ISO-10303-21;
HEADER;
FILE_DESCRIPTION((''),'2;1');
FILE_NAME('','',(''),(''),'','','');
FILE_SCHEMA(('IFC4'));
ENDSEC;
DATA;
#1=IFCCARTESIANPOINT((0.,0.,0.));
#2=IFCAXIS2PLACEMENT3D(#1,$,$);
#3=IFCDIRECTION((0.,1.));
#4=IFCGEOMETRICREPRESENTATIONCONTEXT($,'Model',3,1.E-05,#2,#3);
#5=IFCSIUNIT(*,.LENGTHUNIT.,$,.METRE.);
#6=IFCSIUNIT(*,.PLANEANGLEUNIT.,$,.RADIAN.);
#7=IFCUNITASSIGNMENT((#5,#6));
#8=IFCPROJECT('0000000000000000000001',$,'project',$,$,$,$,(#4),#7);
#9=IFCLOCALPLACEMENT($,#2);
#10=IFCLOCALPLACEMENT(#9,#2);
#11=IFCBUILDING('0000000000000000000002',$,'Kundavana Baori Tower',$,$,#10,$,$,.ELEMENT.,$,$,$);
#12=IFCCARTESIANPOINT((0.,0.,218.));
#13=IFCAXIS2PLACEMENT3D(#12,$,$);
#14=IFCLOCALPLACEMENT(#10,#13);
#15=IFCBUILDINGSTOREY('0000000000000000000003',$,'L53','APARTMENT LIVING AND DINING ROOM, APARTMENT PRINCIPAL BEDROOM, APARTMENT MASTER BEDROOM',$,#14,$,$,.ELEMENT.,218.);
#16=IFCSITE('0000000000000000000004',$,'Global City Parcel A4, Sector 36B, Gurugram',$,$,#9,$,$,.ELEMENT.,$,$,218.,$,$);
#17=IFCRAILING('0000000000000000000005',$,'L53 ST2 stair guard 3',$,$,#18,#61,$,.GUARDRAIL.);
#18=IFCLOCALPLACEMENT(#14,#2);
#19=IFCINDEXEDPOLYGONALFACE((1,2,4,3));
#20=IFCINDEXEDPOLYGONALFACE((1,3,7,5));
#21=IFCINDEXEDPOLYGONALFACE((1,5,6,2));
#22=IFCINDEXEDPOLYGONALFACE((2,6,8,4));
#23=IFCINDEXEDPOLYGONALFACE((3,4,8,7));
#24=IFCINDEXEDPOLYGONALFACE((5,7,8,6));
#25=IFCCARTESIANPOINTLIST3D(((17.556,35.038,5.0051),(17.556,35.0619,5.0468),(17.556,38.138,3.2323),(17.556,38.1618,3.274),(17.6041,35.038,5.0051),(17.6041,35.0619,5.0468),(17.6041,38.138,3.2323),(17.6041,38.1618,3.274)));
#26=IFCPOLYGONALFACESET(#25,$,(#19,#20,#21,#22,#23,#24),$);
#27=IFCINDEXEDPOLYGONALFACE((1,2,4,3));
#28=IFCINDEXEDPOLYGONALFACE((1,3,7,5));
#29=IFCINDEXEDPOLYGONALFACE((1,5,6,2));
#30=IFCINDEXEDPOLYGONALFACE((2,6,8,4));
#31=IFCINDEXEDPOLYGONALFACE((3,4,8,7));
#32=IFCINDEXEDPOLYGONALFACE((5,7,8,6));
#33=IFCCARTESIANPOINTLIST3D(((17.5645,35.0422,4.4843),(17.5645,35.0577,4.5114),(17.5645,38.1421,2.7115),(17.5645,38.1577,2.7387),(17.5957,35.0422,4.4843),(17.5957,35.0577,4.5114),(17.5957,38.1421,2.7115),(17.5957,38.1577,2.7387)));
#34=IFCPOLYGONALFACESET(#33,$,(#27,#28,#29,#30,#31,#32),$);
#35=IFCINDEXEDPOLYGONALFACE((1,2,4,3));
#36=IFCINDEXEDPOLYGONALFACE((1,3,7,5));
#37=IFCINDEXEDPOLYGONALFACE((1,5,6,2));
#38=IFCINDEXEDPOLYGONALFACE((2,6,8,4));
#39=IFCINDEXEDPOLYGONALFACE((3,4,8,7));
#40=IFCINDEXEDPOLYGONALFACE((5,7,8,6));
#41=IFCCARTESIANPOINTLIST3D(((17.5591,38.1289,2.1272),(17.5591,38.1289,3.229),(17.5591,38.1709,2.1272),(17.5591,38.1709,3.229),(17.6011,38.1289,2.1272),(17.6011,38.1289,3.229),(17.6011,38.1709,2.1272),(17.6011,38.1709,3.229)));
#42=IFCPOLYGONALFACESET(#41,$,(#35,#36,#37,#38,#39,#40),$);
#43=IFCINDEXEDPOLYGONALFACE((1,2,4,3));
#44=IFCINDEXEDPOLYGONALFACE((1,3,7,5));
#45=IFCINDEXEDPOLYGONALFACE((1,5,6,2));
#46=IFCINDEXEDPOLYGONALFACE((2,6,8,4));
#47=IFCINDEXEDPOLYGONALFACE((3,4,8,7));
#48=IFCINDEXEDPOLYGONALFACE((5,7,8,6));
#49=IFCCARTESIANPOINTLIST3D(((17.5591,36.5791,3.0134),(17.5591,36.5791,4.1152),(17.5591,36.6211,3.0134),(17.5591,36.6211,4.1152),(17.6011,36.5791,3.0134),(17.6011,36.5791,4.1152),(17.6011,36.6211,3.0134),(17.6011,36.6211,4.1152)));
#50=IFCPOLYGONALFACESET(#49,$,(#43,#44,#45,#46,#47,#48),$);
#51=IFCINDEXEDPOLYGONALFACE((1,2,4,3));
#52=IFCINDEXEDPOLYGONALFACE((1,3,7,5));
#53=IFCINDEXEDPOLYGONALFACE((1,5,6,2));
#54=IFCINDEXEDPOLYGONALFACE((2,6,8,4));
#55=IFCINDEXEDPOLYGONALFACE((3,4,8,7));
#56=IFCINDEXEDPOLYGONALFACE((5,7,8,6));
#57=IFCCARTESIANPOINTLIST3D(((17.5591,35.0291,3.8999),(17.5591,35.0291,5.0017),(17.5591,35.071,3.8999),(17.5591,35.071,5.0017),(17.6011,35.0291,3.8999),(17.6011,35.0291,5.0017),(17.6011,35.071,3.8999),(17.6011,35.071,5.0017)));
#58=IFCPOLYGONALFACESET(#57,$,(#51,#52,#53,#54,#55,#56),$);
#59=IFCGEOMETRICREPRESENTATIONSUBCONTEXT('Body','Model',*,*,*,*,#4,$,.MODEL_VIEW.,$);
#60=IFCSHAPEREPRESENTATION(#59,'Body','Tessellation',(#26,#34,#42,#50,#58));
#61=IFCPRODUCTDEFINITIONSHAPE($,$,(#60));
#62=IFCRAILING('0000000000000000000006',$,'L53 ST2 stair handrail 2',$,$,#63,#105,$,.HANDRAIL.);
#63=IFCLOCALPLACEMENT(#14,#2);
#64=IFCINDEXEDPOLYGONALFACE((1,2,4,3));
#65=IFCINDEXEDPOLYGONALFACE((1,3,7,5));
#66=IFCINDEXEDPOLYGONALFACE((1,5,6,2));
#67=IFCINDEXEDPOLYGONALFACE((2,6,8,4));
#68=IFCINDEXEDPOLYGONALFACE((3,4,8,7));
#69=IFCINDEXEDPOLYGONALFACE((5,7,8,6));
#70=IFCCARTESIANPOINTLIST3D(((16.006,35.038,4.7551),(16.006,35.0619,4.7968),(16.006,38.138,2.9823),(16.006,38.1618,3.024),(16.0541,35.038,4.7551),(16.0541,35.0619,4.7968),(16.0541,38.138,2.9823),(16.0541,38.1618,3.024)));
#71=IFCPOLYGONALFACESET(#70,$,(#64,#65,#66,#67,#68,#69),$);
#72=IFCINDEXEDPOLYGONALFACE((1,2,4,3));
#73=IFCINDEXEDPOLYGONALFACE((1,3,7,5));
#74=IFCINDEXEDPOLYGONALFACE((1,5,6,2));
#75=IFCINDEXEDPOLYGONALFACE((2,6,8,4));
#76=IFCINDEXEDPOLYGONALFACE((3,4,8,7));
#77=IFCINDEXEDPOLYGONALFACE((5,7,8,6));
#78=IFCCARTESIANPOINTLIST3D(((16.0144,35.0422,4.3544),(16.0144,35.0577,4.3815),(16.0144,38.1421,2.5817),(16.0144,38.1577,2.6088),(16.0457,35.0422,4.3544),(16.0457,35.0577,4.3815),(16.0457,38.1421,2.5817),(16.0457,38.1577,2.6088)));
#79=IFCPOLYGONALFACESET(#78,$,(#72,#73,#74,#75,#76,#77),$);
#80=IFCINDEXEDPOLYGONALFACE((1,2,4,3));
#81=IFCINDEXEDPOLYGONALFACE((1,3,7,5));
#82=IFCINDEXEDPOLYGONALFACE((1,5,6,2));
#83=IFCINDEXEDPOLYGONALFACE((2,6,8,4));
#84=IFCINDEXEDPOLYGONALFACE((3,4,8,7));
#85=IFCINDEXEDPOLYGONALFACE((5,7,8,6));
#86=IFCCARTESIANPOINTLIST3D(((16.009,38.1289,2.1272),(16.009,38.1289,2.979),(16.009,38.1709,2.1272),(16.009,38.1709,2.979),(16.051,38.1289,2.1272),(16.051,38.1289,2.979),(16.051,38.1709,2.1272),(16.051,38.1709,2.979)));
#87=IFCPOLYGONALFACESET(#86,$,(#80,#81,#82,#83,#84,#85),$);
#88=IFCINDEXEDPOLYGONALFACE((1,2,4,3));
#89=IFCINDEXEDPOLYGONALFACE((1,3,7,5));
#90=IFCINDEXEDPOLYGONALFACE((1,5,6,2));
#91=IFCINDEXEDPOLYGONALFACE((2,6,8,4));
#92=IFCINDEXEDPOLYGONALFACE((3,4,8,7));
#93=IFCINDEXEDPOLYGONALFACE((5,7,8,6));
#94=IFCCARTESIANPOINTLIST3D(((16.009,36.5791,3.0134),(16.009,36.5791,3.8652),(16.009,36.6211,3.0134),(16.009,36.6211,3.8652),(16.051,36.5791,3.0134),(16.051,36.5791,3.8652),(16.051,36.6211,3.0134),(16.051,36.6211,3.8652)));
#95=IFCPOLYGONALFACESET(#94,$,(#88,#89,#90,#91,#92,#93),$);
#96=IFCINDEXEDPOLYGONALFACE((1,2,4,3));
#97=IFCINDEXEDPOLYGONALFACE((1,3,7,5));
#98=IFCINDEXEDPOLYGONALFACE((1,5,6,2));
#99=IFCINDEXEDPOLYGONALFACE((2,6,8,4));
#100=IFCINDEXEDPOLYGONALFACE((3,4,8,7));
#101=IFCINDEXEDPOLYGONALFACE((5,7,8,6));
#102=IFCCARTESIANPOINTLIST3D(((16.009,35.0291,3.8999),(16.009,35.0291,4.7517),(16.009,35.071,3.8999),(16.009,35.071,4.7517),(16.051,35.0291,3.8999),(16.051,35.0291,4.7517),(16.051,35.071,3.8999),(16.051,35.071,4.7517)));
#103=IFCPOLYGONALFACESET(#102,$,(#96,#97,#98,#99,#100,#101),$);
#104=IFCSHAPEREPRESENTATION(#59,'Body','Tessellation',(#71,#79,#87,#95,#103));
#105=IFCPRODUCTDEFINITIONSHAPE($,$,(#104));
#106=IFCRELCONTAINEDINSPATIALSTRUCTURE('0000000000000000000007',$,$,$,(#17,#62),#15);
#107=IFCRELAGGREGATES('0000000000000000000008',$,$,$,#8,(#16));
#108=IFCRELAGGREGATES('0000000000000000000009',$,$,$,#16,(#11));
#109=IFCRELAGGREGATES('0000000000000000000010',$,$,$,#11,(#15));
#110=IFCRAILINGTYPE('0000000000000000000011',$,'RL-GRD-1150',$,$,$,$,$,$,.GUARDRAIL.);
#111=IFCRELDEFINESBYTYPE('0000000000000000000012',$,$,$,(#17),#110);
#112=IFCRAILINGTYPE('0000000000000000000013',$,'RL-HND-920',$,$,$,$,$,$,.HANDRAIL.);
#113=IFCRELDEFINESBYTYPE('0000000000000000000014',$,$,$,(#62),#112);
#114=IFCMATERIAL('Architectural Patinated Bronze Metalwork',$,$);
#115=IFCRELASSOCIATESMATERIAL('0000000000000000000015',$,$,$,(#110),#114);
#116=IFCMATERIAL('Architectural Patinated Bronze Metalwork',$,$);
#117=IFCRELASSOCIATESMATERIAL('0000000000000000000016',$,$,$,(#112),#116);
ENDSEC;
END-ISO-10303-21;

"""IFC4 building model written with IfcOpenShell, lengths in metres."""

from ifc_helpers import new_model, si_unit, direction, frame, origin, origin_2d, place, context, subcontext, project, spatial, rectangle, extrude, material, type_object, element, save


model = new_model("IFC4")

# Units and contexts
model_context = context("Model", 3, precision=1e-05, world=origin(), true_north=direction((0.0, 1.0)))
body_context = subcontext(model_context, "Body", "Model", "MODEL_VIEW")
ifc_project = project(units=[si_unit("LENGTHUNIT", "METRE"), si_unit("PLANEANGLEUNIT", "RADIAN")], contexts=[model_context])

# Site, building, storey
site_placement = place(None, origin())
site = spatial("IfcSite", under=ifc_project, at=site_placement, Name="Global City Parcel A4, Sector 36B, Gurugram", CompositionType="ELEMENT", RefElevation=218.0)
building_placement = place(site_placement, origin())
building = spatial("IfcBuilding", under=site, at=building_placement, Name="Kundavana Baori Tower", CompositionType="ELEMENT")
storey_placement = place(building_placement, frame((0.0, 0.0, 218.0)))
storey = spatial("IfcBuildingStorey", under=building, at=storey_placement, Name="L53", Description="APARTMENT LIVING AND DINING ROOM, APARTMENT PRINCIPAL BEDROOM, APARTMENT MASTER BEDROOM", CompositionType="ELEMENT", Elevation=218.0)

# Railings
ifc_material_1 = material(Name="Architectural Patinated Bronze Metalwork")
railing_type_1 = type_object("IfcRailingType", Name="RL-GRD-1150", PredefinedType="GUARDRAIL", material=ifc_material_1)
railing_1_placement = place(storey_placement, frame((17.5801, 38.1499, 2.1272)))
element("IfcRailing", 1, at=railing_1_placement, inside=storey, type_object=railing_type_1, Name="L53 ST2 stair guard 3", PredefinedType="GUARDRAIL", context=body_context, shape_type="SweptSolid", body=[
    extrude(rectangle(XDim=0.0481, YDim=0.0481, at=origin_2d()), frame((0.0, 0.0, 1.126), z_axis=(0.0, -0.868079, 0.496426), x_axis=(1.0, 0.0, 0.0)), (0.0, 0.0, 1.0), 3.571),
    extrude(rectangle(XDim=0.0312, YDim=0.0312, at=origin_2d()), frame((0.0, 0.0, 0.5979), z_axis=(0.0, -0.868079, 0.496426), x_axis=(1.0, 0.0, 0.0)), (0.0, 0.0, 1.0), 3.571),
    extrude(rectangle(XDim=0.042, YDim=0.042, at=origin_2d()), origin(), (0.0, 0.0, 1.0), 1.1018),
    extrude(rectangle(XDim=0.042, YDim=0.042, at=origin_2d()), frame((0.0, -1.5498, 0.8862)), (0.0, 0.0, 1.0), 1.1018),
    extrude(rectangle(XDim=0.042, YDim=0.042, at=origin_2d()), frame((0.0, -3.0999, 1.7727)), (0.0, 0.0, 1.0), 1.1018),
])
ifc_material_2 = material(Name="Architectural Patinated Bronze Metalwork")
railing_type_2 = type_object("IfcRailingType", Name="RL-HND-920", PredefinedType="HANDRAIL", material=ifc_material_2)
railing_2_placement = place(storey_placement, frame((16.03, 38.1499, 2.1272)))
element("IfcRailing", 2, at=railing_2_placement, inside=storey, type_object=railing_type_2, Name="L53 ST2 stair handrail 2", PredefinedType="HANDRAIL", context=body_context, shape_type="SweptSolid", body=[
    extrude(rectangle(XDim=0.0481, YDim=0.0481, at=origin_2d()), frame((0.0, 0.0, 0.876), z_axis=(0.0, -0.868079, 0.496426), x_axis=(1.0, 0.0, 0.0)), (0.0, 0.0, 1.0), 3.571),
    extrude(rectangle(XDim=0.0312, YDim=0.0312, at=origin_2d()), frame((0.0, 0.0, 0.468), z_axis=(0.0, -0.868079, 0.496426), x_axis=(1.0, 0.0, 0.0)), (0.0, 0.0, 1.0), 3.571),
    extrude(rectangle(XDim=0.042, YDim=0.042, at=origin_2d()), origin(), (0.0, 0.0, 1.0), 0.8518),
    extrude(rectangle(XDim=0.042, YDim=0.042, at=origin_2d()), frame((0.0, -1.5498, 0.8862)), (0.0, 0.0, 1.0), 0.8518),
    extrude(rectangle(XDim=0.042, YDim=0.042, at=origin_2d()), frame((0.0, -3.0999, 1.7727)), (0.0, 0.0, 1.0), 0.8518),
])

save(model, "model.ifc")
